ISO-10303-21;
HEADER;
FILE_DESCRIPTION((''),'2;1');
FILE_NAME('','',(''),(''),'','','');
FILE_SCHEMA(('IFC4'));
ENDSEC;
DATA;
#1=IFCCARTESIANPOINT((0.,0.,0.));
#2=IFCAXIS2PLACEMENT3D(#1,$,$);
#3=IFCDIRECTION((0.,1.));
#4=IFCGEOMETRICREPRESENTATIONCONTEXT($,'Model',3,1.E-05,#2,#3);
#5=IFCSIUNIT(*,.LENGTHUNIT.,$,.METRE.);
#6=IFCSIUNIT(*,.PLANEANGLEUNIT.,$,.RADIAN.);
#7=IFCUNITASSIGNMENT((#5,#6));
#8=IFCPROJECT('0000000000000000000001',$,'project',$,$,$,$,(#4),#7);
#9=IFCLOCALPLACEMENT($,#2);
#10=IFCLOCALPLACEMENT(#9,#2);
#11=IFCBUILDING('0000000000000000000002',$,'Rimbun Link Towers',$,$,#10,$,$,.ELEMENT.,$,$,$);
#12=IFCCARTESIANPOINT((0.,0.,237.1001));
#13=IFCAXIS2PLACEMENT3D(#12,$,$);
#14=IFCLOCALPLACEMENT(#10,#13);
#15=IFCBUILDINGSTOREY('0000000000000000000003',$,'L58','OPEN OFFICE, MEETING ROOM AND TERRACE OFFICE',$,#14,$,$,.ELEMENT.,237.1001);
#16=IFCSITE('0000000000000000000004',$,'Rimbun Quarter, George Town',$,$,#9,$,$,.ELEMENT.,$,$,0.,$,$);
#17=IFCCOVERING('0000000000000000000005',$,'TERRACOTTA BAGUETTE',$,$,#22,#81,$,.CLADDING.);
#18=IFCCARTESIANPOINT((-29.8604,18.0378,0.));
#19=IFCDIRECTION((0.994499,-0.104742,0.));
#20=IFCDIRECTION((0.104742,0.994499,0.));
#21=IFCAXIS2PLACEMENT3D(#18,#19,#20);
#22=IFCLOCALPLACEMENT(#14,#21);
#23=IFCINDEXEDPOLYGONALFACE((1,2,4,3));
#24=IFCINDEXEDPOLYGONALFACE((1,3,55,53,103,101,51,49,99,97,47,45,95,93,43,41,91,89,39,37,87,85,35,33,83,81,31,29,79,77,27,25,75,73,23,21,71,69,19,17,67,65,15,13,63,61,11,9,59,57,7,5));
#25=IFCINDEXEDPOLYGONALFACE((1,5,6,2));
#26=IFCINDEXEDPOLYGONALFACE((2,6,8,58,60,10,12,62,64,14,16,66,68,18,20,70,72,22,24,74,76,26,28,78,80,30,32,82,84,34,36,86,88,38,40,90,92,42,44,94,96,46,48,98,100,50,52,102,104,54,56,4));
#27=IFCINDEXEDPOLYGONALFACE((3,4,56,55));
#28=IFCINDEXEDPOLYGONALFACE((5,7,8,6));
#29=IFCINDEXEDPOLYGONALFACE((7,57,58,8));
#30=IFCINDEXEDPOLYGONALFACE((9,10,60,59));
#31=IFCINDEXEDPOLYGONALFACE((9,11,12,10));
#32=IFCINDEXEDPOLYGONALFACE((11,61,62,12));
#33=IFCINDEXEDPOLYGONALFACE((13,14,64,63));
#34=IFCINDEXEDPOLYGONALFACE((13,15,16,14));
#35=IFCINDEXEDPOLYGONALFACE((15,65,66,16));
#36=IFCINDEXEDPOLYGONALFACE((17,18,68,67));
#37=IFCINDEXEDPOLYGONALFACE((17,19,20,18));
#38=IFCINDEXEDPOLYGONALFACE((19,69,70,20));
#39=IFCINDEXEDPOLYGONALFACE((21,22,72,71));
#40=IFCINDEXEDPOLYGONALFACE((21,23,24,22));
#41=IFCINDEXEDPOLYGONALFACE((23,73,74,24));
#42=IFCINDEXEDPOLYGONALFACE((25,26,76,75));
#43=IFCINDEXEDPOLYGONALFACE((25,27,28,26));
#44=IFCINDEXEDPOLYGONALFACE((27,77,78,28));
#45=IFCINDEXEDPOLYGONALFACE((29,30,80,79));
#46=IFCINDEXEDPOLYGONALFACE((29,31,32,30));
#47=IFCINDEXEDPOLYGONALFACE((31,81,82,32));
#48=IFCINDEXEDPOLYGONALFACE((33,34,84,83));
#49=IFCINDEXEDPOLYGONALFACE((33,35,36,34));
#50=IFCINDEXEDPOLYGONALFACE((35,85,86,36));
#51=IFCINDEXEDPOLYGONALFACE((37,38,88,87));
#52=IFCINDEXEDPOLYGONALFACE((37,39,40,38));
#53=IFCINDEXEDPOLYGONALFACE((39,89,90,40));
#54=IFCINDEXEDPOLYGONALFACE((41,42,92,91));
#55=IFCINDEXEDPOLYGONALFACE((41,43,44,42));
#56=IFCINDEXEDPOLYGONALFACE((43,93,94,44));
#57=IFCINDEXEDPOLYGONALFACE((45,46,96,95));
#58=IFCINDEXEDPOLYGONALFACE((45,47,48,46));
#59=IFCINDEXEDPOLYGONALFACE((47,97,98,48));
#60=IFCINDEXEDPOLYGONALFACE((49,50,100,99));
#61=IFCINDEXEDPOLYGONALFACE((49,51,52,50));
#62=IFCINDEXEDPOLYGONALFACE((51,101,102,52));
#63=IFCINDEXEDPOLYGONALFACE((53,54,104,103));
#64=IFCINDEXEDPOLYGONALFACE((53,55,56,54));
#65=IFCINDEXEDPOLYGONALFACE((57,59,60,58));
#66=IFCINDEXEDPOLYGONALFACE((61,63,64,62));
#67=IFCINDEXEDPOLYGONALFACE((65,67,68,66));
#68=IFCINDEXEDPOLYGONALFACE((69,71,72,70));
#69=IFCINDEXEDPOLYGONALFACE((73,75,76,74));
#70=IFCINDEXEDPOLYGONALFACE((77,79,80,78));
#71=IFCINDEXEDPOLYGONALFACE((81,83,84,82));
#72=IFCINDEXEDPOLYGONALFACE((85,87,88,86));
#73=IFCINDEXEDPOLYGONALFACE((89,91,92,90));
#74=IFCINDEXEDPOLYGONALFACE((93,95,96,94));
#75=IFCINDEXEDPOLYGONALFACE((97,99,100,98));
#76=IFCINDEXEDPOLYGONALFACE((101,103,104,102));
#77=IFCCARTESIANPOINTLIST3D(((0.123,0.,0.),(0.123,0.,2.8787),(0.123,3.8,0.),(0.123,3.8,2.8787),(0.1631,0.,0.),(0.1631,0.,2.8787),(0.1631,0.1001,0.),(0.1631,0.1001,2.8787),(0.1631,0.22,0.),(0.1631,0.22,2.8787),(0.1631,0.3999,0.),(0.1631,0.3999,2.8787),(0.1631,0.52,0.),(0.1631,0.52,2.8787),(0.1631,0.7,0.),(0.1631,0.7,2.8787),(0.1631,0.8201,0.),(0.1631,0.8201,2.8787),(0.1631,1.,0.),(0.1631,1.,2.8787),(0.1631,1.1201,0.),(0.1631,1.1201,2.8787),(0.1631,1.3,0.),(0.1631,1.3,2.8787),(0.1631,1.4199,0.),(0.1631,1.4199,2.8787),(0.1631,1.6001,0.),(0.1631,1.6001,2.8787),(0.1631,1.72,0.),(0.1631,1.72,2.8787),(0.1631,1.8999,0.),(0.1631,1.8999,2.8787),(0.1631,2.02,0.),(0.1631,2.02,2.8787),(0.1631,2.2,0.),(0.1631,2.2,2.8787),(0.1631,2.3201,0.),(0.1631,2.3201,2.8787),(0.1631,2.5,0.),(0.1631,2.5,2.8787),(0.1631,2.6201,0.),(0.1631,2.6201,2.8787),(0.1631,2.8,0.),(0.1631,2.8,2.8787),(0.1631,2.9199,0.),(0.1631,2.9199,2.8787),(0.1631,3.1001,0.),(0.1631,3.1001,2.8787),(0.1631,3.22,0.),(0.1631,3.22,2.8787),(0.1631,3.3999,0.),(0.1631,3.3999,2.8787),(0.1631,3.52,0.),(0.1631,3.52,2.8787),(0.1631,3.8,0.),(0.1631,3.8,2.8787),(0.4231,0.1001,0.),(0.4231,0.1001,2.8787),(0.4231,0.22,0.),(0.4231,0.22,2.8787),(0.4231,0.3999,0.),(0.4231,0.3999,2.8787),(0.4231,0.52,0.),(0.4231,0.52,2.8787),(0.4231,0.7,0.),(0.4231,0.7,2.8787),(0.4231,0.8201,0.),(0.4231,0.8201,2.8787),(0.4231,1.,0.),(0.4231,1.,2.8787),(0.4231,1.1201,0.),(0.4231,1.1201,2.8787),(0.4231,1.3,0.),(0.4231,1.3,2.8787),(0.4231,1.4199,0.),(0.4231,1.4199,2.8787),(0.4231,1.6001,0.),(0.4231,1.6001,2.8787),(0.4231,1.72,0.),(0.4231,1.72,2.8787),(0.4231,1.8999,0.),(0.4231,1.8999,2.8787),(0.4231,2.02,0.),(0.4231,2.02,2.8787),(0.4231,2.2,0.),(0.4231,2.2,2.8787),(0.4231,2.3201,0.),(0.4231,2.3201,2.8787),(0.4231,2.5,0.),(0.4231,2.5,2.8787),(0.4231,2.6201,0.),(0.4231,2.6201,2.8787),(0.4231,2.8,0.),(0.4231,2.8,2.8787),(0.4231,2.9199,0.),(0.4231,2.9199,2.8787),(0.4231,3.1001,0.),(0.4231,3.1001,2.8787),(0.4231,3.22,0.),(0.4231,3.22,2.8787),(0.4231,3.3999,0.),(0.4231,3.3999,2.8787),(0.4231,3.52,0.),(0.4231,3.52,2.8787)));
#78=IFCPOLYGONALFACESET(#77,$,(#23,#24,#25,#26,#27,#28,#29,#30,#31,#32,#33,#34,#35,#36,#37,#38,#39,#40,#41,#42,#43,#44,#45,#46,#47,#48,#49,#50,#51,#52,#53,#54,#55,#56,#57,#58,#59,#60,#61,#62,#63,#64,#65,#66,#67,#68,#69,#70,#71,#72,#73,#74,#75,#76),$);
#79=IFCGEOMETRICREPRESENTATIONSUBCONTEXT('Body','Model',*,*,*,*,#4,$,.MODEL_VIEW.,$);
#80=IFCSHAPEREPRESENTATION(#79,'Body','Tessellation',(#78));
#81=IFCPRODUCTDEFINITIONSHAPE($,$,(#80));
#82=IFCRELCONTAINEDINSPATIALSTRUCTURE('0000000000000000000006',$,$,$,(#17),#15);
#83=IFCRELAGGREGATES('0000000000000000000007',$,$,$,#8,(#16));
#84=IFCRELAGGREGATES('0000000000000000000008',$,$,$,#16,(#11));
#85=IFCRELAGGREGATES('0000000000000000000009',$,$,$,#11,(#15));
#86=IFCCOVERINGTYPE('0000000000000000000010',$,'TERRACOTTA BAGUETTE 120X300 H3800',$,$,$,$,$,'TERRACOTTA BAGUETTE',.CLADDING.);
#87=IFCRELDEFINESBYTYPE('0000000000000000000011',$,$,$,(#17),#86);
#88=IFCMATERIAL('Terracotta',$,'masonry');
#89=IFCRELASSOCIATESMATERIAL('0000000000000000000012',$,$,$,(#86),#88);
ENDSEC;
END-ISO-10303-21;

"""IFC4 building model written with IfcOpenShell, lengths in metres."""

from ifc_helpers import new_model, si_unit, direction, frame, origin, place, context, subcontext, project, spatial, polyline, outline, extrude, material, material_profile, profile_set, type_object, element, save


model = new_model("IFC4")

# Units and contexts
model_context = context("Model", 3, precision=1e-05, world=origin(), true_north=direction((0.0, 1.0)))
body_context = subcontext(model_context, "Body", "Model", "MODEL_VIEW")
ifc_project = project(units=[si_unit("LENGTHUNIT", "METRE"), si_unit("PLANEANGLEUNIT", "RADIAN")], contexts=[model_context])

# Site, building, storey
site_placement = place(None, origin())
site = spatial("IfcSite", under=ifc_project, at=site_placement, Name="Rimbun Quarter, George Town", CompositionType="ELEMENT", RefElevation=0.0)
building_placement = place(site_placement, origin())
building = spatial("IfcBuilding", under=site, at=building_placement, Name="Rimbun Link Towers", CompositionType="ELEMENT")
storey_placement = place(building_placement, frame((0.0, 0.0, 237.1001)))
storey = spatial("IfcBuildingStorey", under=building, at=storey_placement, Name="L58", Description="OPEN OFFICE, MEETING ROOM AND TERRACE OFFICE", CompositionType="ELEMENT", Elevation=237.1001)

# Covering
ifc_material_1 = material(Name="Terracotta", Category="masonry")
ifc_material_profile_1 = material_profile(ifc_material_1, outline(polyline([(0.123, 0.0), (0.1631, 0.0), (0.1631, 0.1001), (0.4231, 0.1001), (0.4231, 0.22), (0.1631, 0.22), (0.1631, 0.3999), (0.4231, 0.3999), (0.4231, 0.52), (0.1631, 0.52), (0.1631, 0.7), (0.4231, 0.7), (0.4231, 0.8201), (0.1631, 0.8201), (0.1631, 1.0), (0.4231, 1.0), (0.4231, 1.1201), (0.1631, 1.1201), (0.1631, 1.3), (0.4231, 1.3), (0.4231, 1.4199), (0.1631, 1.4199), (0.1631, 1.6001), (0.4231, 1.6001), (0.4231, 1.72), (0.1631, 1.72), (0.1631, 1.8999), (0.4231, 1.8999), (0.4231, 2.02), (0.1631, 2.02), (0.1631, 2.2), (0.4231, 2.2), (0.4231, 2.3201), (0.1631, 2.3201), (0.1631, 2.5), (0.4231, 2.5), (0.4231, 2.6201), (0.1631, 2.6201), (0.1631, 2.8), (0.4231, 2.8), (0.4231, 2.9199), (0.1631, 2.9199), (0.1631, 3.1001), (0.4231, 3.1001), (0.4231, 3.22), (0.1631, 3.22), (0.1631, 3.3999), (0.4231, 3.3999), (0.4231, 3.52), (0.1631, 3.52), (0.1631, 3.8), (0.123, 3.8), (0.123, 0.0)])), Name="BAGUETTE 120X300")
ifc_profile_set_1 = profile_set([ifc_material_profile_1], Name="Terracotta")
covering_type = type_object("IfcCoveringType", Name="TERRACOTTA BAGUETTE 120X300 H3800", ElementType="TERRACOTTA BAGUETTE", PredefinedType="CLADDING", material=ifc_profile_set_1)
covering_1_placement = place(storey_placement, frame((-29.8604, 18.0378, 0.0), z_axis=(0.994499, -0.104742, 0.0), x_axis=(0.104742, 0.994499, 0.0)))
element("IfcCovering", 1, at=covering_1_placement, inside=storey, type_object=covering_type, Name="TERRACOTTA BAGUETTE", PredefinedType="CLADDING", context=body_context, shape_type="SweptSolid", body=[
    extrude(outline(polyline([(0.123, 0.0), (0.1631, 0.0), (0.1631, 0.1001), (0.4231, 0.1001), (0.4231, 0.22), (0.1631, 0.22), (0.1631, 0.3999), (0.4231, 0.3999), (0.4231, 0.52), (0.1631, 0.52), (0.1631, 0.7), (0.4231, 0.7), (0.4231, 0.8201), (0.1631, 0.8201), (0.1631, 1.0), (0.4231, 1.0), (0.4231, 1.1201), (0.1631, 1.1201), (0.1631, 1.3), (0.4231, 1.3), (0.4231, 1.4199), (0.1631, 1.4199), (0.1631, 1.6001), (0.4231, 1.6001), (0.4231, 1.72), (0.1631, 1.72), (0.1631, 1.8999), (0.4231, 1.8999), (0.4231, 2.02), (0.1631, 2.02), (0.1631, 2.2), (0.4231, 2.2), (0.4231, 2.3201), (0.1631, 2.3201), (0.1631, 2.5), (0.4231, 2.5), (0.4231, 2.6201), (0.1631, 2.6201), (0.1631, 2.8), (0.4231, 2.8), (0.4231, 2.9199), (0.1631, 2.9199), (0.1631, 3.1001), (0.4231, 3.1001), (0.4231, 3.22), (0.1631, 3.22), (0.1631, 3.3999), (0.4231, 3.3999), (0.4231, 3.52), (0.1631, 3.52), (0.1631, 3.8), (0.123, 3.8), (0.123, 0.0)])), origin(), (0.0, 0.0, 1.0), 2.8787),
])

save(model, "model.ifc")
